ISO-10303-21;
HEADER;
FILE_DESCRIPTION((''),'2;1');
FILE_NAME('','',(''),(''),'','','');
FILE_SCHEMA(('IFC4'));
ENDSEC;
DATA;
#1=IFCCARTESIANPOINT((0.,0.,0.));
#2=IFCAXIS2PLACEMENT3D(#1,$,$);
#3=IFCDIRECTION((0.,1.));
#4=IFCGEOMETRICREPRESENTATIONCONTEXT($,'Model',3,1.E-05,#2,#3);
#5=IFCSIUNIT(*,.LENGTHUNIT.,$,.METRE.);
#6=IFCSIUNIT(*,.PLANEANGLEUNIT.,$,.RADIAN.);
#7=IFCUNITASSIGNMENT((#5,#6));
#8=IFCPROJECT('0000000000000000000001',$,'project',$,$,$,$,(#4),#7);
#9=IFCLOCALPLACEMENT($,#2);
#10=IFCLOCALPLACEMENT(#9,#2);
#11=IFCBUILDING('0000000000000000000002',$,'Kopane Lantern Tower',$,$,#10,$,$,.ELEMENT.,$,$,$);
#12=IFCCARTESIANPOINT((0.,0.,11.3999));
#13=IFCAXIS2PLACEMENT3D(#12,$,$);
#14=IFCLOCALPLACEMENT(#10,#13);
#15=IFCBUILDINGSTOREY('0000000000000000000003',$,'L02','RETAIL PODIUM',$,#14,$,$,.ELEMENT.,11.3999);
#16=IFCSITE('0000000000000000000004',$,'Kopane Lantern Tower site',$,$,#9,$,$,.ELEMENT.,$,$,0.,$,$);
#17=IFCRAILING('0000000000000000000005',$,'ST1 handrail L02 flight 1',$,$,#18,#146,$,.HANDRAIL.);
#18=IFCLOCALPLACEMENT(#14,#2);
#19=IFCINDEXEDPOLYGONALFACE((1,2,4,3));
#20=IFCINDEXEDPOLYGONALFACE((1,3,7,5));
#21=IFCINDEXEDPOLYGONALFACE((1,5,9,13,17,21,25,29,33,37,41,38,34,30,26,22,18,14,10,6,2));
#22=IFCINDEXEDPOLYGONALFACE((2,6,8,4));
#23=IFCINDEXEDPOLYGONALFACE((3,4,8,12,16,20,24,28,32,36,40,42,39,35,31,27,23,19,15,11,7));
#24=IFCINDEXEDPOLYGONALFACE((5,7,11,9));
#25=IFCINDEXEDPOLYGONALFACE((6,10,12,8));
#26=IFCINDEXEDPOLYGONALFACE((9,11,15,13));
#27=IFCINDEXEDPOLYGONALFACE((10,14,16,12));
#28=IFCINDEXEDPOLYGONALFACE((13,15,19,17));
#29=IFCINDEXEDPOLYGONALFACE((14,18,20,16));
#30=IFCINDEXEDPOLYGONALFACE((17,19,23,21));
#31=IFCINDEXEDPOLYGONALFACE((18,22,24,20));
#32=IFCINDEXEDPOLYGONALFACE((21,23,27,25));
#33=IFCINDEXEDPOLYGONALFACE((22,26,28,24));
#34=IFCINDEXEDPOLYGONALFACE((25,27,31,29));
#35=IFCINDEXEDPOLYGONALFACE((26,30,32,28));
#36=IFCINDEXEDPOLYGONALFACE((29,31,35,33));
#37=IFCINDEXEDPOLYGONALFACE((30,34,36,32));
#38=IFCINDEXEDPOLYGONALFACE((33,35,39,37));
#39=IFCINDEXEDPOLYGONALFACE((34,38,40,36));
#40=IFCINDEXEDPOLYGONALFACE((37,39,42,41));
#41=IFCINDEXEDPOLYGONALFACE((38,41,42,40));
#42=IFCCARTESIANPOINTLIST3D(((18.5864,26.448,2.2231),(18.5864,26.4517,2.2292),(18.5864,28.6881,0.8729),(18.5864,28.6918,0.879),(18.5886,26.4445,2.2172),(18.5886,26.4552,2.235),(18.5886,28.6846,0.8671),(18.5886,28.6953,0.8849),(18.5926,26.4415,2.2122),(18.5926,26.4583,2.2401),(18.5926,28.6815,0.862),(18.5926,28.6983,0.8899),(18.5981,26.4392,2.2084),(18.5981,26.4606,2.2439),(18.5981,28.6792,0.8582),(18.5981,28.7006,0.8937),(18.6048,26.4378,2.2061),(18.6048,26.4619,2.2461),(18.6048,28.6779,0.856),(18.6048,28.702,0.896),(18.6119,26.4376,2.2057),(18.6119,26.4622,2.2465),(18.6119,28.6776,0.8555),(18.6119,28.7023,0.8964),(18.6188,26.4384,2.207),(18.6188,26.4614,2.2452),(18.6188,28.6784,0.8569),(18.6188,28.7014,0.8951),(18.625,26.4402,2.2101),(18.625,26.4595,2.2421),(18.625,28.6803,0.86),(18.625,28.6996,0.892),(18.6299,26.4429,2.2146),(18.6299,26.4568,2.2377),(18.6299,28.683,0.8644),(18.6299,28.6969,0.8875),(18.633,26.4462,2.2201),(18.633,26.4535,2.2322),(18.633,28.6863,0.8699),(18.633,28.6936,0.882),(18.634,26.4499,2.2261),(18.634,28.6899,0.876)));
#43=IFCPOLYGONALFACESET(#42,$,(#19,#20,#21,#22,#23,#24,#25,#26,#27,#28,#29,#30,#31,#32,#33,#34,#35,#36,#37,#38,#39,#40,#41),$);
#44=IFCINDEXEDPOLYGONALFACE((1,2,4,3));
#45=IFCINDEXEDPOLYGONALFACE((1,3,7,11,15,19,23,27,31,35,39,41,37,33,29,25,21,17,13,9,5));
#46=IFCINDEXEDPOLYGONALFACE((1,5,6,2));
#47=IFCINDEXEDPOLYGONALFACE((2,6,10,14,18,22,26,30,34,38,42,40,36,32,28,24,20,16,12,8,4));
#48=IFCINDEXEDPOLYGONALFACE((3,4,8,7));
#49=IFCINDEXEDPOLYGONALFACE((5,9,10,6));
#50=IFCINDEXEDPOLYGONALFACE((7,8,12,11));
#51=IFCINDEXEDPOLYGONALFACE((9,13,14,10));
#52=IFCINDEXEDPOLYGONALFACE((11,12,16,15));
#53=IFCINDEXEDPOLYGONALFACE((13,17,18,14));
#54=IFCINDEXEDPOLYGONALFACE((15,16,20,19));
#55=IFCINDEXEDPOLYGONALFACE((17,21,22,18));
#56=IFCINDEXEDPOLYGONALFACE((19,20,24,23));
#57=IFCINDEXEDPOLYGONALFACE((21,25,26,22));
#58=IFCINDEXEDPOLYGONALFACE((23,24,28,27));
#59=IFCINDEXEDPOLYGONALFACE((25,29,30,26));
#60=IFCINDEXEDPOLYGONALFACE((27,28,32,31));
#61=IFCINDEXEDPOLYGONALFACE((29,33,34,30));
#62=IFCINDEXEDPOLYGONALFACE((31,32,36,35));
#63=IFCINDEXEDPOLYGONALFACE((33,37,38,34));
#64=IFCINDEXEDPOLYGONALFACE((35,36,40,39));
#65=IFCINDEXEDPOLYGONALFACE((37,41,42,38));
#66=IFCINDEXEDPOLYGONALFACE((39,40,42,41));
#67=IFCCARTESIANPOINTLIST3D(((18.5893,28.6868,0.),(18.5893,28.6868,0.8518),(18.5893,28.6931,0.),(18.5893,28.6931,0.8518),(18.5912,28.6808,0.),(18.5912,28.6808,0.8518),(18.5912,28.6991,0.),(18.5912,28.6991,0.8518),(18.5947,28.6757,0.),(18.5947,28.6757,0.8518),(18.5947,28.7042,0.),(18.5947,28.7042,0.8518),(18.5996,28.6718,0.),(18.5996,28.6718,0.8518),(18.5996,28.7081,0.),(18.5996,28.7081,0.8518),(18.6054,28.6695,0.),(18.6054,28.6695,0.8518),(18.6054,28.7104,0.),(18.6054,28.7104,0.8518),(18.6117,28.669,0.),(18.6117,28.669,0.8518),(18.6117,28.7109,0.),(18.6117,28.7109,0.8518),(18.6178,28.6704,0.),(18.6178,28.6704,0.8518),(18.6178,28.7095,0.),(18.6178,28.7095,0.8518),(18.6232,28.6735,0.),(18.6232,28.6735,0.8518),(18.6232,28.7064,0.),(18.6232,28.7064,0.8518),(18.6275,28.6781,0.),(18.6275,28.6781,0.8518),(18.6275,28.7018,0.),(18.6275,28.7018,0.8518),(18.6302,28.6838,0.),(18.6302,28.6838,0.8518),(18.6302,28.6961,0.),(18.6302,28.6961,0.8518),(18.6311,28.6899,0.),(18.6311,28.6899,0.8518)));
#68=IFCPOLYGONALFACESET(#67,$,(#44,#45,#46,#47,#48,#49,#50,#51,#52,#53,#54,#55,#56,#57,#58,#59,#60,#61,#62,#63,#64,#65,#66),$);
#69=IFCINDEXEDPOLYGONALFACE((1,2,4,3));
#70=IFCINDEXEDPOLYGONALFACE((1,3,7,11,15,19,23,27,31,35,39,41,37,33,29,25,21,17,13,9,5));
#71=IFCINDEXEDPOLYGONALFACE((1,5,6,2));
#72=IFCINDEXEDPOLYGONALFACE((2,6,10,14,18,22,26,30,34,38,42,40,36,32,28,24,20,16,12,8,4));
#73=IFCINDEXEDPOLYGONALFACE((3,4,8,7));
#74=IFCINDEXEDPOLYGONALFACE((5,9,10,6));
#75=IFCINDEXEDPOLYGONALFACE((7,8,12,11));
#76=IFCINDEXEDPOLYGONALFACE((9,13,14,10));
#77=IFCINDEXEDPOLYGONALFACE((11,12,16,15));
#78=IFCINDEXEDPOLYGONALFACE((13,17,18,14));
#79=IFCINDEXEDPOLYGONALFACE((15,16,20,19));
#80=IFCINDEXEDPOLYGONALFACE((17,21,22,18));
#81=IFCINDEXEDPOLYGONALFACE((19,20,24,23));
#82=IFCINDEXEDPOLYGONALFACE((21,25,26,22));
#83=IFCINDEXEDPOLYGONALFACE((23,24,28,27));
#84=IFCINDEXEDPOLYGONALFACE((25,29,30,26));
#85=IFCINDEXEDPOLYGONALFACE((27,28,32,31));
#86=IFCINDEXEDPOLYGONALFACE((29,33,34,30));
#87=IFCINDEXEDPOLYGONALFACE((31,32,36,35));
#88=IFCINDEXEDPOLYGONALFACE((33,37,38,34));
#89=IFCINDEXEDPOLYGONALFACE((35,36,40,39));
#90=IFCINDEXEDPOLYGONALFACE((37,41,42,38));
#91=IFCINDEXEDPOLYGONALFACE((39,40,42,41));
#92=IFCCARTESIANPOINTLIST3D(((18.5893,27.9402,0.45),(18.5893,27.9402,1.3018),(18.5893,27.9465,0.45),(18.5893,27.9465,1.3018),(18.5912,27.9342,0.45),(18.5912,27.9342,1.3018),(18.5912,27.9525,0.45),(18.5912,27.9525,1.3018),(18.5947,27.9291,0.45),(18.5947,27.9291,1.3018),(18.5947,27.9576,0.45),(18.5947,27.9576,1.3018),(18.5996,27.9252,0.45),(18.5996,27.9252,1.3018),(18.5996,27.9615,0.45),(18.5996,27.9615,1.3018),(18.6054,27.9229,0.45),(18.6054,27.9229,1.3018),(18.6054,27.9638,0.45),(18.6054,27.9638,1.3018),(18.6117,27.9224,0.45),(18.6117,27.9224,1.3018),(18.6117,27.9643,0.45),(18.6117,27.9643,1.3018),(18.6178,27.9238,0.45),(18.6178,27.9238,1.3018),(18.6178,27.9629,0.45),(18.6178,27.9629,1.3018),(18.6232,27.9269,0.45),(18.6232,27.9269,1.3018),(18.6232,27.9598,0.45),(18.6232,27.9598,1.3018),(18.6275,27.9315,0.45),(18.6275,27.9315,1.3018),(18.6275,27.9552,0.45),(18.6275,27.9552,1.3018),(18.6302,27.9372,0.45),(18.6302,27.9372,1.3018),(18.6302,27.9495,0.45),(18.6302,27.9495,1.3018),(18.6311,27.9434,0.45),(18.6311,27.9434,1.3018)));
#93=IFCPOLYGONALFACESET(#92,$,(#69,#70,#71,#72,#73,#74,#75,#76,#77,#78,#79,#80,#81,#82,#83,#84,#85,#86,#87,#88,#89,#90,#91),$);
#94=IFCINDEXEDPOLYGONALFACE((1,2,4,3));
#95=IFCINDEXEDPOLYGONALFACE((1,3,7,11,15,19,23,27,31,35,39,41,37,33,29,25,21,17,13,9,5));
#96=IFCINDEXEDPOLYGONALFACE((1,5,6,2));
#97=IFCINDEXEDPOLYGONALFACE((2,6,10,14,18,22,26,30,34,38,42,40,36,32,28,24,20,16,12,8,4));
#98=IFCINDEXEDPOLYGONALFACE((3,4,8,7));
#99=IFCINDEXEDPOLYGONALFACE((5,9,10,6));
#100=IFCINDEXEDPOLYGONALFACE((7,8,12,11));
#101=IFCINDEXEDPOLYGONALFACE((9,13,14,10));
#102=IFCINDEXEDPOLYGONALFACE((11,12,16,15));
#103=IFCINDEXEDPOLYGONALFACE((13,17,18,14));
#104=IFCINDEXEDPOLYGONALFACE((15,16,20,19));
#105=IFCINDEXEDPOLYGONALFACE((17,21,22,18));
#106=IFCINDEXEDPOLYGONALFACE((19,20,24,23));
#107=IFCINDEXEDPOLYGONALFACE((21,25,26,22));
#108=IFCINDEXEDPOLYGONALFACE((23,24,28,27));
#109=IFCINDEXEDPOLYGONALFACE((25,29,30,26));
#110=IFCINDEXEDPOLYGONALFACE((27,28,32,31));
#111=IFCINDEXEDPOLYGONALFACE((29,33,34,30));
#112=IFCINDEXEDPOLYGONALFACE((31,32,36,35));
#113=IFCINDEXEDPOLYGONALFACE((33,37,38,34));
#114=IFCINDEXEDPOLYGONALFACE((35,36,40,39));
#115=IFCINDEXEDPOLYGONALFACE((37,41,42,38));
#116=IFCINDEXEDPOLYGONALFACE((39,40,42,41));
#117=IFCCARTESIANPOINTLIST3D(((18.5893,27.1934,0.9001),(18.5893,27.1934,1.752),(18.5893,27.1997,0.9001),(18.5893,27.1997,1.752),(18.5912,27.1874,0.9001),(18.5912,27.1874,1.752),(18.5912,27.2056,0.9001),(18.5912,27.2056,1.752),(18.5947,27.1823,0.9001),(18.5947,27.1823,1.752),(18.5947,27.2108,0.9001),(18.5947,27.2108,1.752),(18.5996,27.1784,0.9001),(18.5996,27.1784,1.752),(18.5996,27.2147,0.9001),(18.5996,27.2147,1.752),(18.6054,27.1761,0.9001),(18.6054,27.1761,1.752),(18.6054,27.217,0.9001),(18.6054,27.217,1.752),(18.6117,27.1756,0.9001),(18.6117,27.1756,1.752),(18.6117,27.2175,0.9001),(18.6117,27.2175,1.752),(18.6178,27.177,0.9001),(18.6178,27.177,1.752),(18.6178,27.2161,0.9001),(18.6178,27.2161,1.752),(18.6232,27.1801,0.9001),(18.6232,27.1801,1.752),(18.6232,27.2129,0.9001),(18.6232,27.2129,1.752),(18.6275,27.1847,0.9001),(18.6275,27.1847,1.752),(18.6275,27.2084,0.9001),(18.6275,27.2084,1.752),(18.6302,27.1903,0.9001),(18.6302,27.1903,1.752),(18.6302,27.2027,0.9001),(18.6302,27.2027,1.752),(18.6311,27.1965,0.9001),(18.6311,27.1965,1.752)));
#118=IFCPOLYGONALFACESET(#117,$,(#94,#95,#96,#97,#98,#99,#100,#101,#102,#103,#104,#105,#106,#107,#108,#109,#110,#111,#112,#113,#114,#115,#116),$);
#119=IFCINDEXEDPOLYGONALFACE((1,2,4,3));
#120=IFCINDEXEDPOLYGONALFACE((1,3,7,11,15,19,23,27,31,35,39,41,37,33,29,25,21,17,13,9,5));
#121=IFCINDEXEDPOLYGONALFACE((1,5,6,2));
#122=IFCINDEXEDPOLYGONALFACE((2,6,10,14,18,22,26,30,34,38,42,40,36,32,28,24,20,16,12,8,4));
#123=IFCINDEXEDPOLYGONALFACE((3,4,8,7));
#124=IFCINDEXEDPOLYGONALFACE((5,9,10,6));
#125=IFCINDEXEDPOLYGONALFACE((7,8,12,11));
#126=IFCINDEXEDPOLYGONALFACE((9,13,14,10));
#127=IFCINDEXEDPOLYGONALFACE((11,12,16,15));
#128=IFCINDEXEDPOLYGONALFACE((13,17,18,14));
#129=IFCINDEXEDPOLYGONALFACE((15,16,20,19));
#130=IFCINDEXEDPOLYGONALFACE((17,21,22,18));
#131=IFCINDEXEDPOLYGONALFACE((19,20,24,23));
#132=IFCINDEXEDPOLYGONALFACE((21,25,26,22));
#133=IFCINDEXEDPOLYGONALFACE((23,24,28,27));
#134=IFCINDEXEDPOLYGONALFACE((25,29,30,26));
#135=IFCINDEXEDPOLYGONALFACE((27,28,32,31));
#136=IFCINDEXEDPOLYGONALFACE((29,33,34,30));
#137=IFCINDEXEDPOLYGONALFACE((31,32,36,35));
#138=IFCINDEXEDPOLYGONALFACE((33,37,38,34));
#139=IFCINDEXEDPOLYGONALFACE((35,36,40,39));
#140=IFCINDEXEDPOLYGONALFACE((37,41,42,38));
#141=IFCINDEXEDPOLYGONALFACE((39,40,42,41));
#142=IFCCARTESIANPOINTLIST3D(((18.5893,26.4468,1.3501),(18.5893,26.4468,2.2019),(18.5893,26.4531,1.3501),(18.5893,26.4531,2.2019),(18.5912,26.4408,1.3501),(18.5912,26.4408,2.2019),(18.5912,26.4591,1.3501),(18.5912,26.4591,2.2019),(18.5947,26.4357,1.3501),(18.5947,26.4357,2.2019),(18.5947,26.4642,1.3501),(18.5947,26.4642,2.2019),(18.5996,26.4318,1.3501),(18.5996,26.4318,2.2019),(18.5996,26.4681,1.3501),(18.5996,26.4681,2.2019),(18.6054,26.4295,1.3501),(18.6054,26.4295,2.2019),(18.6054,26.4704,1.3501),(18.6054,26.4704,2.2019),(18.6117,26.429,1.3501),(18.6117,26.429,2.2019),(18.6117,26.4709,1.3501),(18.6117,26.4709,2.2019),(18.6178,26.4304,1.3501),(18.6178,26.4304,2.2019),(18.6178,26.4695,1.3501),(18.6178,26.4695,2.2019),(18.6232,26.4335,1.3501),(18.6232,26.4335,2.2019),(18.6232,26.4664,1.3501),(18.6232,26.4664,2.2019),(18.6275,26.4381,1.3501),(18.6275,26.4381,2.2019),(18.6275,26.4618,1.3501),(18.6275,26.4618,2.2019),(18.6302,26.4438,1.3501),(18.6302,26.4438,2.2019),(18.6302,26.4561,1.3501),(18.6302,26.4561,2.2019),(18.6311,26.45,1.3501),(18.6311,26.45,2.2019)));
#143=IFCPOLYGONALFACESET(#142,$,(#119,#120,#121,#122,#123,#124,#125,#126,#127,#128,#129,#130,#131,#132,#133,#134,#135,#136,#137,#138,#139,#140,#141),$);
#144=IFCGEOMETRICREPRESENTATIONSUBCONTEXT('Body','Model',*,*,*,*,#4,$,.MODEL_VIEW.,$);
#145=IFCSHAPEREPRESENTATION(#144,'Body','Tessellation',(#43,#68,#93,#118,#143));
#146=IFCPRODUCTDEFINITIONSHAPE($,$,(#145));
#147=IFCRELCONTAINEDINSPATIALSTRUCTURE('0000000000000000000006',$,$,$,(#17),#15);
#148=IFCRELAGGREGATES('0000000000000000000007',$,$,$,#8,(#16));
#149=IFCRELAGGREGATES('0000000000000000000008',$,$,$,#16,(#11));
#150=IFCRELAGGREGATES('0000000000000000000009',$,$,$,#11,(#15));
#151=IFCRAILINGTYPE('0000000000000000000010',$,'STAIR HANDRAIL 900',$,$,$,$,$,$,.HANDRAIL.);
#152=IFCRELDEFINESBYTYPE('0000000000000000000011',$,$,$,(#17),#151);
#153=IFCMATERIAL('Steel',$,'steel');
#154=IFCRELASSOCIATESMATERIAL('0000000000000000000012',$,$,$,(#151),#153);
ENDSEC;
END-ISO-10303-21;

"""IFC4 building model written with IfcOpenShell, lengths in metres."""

from ifc_helpers import new_model, si_unit, direction, frame, origin, origin_2d, place, context, subcontext, project, spatial, circle, extrude, material, type_object, element, save


model = new_model("IFC4")

# Units and contexts
model_context = context("Model", 3, precision=1e-05, world=origin(), true_north=direction((0.0, 1.0)))
body_context = subcontext(model_context, "Body", "Model", "MODEL_VIEW")
ifc_project = project(units=[si_unit("LENGTHUNIT", "METRE"), si_unit("PLANEANGLEUNIT", "RADIAN")], contexts=[model_context])

# Site, building, storey
site_placement = place(None, origin())
site = spatial("IfcSite", under=ifc_project, at=site_placement, Name="Kopane Lantern Tower site", CompositionType="ELEMENT", RefElevation=0.0)
building_placement = place(site_placement, origin())
building = spatial("IfcBuilding", under=site, at=building_placement, Name="Kopane Lantern Tower", CompositionType="ELEMENT")
storey_placement = place(building_placement, frame((0.0, 0.0, 11.3999)))
storey = spatial("IfcBuildingStorey", under=building, at=storey_placement, Name="L02", Description="RETAIL PODIUM", CompositionType="ELEMENT", Elevation=11.3999)

# Railing
ifc_material_1 = material(Name="Steel", Category="steel")
railing_type_1 = type_object("IfcRailingType", Name="STAIR HANDRAIL 900", PredefinedType="HANDRAIL", material=ifc_material_1)
for number, where, name in (
    (1, (18.6101, 28.6899, 0.0), "ST1 handrail L02 flight 1"),
):
    element("IfcRailing", number, at=place(storey_placement, frame(where)), inside=storey, type_object=railing_type_1, Name=name, PredefinedType="HANDRAIL", context=body_context, shape_type="SweptSolid", body=[
        extrude(circle(Radius=0.0239, at=origin_2d()), frame((0.0, 0.0, 0.876), z_axis=(0.0, -0.856462, 0.516211), x_axis=(1.0, 0.0, 0.0)), (0.0, 0.0, 1.0), 2.6155),
        extrude(circle(Radius=0.021, at=origin_2d()), origin(), (0.0, 0.0, 1.0), 0.8518),
        extrude(circle(Radius=0.021, at=origin_2d()), frame((0.0, -0.7466, 0.45)), (0.0, 0.0, 1.0), 0.8518),
        extrude(circle(Radius=0.021, at=origin_2d()), frame((0.0, -1.4934, 0.9001)), (0.0, 0.0, 1.0), 0.8518),
        extrude(circle(Radius=0.021, at=origin_2d()), frame((0.0, -2.24, 1.3501)), (0.0, 0.0, 1.0), 0.8518),
    ])

save(model, "model.ifc")
